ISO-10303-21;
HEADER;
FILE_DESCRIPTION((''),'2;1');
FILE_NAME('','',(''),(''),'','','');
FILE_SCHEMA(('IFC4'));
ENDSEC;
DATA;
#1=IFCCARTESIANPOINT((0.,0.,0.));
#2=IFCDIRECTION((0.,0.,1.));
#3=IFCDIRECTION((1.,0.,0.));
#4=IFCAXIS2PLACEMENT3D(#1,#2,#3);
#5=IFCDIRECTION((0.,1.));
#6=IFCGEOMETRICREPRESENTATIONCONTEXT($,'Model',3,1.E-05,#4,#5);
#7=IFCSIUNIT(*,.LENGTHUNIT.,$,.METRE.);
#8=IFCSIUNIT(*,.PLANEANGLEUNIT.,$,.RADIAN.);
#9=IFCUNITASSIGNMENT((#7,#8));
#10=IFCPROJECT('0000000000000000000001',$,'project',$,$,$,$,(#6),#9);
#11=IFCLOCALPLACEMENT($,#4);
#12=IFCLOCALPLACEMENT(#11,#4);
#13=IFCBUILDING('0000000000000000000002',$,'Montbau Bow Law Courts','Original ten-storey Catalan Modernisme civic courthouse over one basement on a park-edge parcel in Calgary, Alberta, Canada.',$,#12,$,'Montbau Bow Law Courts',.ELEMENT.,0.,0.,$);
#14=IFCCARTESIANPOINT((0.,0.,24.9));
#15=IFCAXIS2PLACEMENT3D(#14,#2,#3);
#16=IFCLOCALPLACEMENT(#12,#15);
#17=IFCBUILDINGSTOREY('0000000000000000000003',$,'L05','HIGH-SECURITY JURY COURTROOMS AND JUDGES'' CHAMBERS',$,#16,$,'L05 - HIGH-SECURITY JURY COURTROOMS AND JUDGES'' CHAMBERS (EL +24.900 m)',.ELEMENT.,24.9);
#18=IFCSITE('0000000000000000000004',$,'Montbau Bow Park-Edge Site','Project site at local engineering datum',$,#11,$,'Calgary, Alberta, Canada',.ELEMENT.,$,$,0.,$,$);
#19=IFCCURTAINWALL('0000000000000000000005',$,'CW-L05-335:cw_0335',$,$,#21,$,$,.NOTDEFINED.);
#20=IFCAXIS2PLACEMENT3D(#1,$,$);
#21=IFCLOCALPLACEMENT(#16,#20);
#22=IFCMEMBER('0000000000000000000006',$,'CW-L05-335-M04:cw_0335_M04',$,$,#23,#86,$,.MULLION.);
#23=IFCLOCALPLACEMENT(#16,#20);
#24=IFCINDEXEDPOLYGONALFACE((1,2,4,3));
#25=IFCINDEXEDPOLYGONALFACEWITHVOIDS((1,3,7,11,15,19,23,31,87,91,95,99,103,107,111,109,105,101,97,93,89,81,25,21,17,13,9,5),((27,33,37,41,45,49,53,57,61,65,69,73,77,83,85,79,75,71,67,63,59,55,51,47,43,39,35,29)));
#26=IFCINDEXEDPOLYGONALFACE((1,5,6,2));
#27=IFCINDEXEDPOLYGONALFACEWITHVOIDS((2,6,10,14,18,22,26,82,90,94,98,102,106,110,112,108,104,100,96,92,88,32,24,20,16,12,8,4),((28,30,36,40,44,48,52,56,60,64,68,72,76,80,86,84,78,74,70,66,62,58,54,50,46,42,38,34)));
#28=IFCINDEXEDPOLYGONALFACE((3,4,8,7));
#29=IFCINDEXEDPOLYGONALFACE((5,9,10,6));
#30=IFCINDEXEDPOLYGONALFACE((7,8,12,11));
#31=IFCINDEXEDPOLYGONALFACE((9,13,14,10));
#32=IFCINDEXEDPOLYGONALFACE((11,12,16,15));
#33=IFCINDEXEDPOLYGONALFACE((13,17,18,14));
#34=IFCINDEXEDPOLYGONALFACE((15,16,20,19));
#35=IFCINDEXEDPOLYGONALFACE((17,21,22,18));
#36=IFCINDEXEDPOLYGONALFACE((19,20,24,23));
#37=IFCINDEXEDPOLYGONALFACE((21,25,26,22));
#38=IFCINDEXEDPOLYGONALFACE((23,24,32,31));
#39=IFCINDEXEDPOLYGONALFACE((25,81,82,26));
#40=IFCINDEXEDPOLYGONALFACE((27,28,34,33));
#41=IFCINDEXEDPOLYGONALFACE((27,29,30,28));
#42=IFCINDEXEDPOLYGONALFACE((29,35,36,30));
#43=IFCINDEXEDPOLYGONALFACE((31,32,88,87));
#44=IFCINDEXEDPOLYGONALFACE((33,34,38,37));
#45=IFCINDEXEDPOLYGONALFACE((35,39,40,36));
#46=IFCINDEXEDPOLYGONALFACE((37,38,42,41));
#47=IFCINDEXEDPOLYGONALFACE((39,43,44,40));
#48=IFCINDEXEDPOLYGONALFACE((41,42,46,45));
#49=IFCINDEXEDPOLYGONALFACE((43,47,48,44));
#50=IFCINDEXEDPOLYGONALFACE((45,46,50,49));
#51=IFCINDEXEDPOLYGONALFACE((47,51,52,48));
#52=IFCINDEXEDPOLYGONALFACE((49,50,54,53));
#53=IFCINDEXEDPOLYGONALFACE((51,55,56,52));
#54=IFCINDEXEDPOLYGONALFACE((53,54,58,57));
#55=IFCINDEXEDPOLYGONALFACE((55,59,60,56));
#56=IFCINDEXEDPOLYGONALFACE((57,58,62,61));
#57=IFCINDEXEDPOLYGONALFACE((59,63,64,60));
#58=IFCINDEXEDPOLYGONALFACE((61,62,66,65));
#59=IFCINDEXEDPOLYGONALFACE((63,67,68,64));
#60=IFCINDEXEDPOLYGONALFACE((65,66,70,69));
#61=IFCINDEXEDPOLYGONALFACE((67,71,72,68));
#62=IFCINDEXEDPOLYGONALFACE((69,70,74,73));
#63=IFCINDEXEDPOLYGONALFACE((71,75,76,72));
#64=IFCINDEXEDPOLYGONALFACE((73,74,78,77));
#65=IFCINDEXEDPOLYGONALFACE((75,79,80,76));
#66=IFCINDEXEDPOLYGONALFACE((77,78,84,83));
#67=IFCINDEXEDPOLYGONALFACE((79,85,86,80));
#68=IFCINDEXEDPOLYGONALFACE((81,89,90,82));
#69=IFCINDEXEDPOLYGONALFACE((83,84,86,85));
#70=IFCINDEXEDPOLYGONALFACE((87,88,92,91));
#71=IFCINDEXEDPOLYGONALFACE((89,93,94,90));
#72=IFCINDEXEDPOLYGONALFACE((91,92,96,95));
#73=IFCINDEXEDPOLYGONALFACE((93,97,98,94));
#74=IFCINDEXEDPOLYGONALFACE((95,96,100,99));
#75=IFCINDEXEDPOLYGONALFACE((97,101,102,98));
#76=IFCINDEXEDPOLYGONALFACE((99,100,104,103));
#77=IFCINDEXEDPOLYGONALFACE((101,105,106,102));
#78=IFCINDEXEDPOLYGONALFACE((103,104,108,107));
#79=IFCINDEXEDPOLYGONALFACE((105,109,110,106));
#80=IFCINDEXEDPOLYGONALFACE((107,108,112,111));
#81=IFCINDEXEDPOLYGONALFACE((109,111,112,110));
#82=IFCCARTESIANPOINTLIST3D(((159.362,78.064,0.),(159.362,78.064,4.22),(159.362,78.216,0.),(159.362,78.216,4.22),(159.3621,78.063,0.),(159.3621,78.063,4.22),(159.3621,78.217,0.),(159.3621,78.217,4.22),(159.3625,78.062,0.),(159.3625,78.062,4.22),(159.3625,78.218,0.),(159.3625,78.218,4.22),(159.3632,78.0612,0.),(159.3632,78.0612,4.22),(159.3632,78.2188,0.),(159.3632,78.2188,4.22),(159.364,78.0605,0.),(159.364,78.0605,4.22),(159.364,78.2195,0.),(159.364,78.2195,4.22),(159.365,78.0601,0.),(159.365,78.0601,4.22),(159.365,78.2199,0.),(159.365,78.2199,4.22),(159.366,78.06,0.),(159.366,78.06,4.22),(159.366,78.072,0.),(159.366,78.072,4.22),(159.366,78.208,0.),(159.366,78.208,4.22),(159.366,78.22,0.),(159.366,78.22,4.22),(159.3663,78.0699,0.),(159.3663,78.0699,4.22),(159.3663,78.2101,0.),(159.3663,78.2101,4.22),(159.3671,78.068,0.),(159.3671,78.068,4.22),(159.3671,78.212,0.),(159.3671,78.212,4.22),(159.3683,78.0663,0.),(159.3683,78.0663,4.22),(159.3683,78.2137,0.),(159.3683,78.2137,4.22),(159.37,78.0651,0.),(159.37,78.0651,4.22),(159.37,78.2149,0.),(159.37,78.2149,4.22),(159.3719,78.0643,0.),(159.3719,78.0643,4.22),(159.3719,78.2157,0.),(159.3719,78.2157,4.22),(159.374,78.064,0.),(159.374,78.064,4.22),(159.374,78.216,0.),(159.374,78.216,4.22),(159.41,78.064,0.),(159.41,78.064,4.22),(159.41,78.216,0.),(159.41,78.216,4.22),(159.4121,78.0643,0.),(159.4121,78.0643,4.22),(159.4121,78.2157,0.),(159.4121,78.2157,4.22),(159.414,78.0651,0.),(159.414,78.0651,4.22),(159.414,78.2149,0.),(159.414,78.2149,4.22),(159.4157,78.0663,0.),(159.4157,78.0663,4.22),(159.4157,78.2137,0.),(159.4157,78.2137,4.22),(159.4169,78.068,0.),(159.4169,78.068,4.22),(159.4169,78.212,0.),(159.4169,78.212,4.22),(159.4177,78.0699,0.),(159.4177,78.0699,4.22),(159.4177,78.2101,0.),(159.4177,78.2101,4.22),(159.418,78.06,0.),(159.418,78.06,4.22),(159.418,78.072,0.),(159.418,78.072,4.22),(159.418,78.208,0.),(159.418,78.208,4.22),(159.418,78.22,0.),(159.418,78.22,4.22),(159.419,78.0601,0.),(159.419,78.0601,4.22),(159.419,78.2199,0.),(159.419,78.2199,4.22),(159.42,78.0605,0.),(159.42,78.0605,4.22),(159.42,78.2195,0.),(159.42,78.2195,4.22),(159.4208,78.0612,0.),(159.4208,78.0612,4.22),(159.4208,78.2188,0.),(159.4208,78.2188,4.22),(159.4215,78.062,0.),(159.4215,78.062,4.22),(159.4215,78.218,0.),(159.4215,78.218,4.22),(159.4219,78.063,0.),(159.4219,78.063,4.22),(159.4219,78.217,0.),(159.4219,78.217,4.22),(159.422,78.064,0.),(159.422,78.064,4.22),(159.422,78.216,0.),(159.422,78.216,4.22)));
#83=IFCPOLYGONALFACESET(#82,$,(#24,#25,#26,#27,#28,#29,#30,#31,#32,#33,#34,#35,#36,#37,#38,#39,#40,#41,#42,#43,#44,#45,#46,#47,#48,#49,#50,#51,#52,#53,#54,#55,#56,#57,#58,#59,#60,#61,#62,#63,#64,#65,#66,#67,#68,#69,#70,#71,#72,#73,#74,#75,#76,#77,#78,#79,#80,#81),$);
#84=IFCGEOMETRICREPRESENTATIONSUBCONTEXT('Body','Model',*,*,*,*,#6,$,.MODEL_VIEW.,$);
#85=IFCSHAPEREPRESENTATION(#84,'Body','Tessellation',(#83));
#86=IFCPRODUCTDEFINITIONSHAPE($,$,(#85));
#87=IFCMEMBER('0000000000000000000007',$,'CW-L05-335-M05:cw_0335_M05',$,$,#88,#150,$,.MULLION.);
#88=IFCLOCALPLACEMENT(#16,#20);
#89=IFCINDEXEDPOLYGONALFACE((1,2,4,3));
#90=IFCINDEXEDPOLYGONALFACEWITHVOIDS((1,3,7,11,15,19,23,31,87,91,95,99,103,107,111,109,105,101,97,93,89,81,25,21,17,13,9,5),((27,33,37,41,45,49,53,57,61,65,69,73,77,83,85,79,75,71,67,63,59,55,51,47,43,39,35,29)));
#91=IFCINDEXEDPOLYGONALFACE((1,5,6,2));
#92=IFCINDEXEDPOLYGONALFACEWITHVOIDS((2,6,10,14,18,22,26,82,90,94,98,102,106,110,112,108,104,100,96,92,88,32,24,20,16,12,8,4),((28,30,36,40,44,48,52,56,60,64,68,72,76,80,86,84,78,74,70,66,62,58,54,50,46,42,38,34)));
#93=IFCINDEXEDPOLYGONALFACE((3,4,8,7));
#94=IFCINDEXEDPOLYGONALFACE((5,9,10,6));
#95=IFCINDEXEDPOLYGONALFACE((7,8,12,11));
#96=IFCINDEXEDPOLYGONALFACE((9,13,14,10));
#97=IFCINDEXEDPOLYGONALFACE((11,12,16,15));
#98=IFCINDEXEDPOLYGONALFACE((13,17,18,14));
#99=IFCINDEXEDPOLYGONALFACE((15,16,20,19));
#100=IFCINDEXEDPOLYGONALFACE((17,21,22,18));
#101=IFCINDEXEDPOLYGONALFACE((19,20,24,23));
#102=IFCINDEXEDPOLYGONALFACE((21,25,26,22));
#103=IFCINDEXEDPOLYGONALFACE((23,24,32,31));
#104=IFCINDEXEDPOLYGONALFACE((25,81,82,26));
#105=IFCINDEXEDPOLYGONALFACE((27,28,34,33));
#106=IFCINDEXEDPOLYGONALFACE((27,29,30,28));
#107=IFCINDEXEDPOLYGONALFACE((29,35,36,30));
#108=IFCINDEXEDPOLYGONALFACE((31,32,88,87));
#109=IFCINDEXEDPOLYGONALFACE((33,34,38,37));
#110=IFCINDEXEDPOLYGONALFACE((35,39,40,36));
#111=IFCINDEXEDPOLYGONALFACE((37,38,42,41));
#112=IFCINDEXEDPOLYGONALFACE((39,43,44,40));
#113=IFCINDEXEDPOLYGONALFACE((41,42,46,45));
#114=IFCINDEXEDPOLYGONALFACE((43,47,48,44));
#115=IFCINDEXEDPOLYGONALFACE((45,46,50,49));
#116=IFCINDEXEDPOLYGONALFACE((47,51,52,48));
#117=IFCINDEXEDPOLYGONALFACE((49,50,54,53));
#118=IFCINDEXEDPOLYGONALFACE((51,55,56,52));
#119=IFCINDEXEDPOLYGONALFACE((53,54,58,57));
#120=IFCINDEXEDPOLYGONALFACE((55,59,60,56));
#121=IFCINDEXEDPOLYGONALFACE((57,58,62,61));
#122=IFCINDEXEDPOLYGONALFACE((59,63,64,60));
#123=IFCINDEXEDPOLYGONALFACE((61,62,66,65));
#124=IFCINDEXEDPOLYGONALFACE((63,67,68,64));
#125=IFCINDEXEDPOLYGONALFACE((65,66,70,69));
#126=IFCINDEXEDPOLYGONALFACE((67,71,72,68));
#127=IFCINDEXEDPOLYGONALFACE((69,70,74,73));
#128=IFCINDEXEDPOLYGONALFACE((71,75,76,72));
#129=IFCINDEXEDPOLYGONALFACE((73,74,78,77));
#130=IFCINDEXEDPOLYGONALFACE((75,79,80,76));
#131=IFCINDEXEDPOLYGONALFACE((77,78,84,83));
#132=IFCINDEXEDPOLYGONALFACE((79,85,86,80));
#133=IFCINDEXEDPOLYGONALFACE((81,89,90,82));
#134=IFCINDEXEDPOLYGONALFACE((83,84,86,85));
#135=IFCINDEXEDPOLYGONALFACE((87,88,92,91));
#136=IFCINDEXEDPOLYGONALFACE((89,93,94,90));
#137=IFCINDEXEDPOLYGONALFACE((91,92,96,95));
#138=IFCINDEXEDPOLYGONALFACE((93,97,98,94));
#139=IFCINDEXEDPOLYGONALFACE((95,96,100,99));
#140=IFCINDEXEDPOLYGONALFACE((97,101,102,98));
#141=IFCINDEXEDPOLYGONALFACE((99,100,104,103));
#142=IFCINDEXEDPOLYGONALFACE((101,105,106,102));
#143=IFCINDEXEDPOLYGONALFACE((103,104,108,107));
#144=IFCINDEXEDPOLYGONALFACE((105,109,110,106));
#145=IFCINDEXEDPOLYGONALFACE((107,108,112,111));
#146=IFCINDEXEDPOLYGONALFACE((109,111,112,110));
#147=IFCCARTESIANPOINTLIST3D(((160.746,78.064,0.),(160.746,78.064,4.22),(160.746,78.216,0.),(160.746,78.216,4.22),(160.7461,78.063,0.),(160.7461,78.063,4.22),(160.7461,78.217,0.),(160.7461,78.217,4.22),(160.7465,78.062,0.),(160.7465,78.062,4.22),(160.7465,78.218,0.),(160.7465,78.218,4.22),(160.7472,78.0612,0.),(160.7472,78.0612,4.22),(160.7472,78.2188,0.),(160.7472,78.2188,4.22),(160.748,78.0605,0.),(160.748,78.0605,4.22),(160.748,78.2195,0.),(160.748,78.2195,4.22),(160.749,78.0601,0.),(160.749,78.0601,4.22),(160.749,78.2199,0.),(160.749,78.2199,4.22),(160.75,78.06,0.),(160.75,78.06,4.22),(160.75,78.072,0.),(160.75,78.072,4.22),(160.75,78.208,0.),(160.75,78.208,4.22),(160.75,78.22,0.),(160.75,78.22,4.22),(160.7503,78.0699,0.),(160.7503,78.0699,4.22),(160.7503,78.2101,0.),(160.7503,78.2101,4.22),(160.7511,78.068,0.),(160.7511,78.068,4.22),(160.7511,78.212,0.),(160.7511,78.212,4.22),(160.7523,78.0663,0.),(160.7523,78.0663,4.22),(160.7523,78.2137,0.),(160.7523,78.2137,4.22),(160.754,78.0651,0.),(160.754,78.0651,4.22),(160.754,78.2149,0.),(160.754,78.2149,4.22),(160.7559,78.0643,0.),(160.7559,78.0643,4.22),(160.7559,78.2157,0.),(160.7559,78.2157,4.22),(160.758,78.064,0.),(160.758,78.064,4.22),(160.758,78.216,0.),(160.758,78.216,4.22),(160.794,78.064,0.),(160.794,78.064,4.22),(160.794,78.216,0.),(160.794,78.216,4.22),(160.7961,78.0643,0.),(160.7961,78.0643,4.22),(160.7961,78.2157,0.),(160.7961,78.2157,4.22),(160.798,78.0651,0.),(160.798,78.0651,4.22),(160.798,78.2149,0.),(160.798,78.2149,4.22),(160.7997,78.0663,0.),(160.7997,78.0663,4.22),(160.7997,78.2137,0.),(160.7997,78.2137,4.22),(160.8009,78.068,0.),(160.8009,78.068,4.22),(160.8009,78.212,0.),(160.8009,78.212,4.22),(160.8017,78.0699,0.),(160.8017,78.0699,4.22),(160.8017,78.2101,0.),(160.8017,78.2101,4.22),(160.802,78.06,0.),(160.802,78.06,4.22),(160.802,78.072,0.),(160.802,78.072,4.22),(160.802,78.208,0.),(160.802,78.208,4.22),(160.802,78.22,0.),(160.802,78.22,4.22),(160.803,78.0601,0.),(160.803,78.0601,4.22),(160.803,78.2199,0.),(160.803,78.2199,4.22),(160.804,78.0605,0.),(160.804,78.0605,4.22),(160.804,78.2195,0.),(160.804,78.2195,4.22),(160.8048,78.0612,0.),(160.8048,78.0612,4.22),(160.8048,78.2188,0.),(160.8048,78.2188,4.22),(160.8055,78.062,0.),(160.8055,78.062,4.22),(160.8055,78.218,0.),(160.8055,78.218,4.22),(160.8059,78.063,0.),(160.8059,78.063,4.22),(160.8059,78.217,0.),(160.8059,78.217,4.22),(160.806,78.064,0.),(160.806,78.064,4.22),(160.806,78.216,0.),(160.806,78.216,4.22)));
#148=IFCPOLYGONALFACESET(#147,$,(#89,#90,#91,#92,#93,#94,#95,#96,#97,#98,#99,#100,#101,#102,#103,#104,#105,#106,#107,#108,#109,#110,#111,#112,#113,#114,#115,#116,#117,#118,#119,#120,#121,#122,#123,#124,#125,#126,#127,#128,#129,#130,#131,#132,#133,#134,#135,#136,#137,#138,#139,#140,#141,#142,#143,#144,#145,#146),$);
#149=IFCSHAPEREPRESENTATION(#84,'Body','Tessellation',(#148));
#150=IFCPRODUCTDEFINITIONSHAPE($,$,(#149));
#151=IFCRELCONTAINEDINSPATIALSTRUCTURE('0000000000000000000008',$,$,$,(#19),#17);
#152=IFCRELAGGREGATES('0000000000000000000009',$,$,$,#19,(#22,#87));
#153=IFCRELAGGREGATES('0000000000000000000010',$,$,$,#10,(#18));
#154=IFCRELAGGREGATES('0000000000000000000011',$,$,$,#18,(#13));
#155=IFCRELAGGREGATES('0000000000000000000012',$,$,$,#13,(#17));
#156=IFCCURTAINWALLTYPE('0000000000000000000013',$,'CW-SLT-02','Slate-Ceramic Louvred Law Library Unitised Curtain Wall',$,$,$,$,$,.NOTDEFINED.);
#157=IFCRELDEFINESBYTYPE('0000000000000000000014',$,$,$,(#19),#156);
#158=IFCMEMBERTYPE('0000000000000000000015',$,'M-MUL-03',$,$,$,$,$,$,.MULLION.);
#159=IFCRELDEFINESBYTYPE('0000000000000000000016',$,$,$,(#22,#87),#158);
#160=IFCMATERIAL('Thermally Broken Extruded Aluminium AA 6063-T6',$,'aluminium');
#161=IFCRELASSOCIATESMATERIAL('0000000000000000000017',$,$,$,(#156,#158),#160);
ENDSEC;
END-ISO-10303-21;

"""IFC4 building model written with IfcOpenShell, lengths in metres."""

from ifc_helpers import new_model, si_unit, direction, frame, origin_with_axes, origin_2d_with_axis, place, context, subcontext, project, spatial, hollow_rectangle, extrude, material, material_profile, profile_set, type_object, element, aggregate, save


model = new_model("IFC4")

# Units and contexts
model_context = context("Model", 3, precision=1e-05, world=origin_with_axes(), true_north=direction((0.0, 1.0)))
body_context = subcontext(model_context, "Body", "Model", "MODEL_VIEW")
ifc_project = project(units=[si_unit("LENGTHUNIT", "METRE"), si_unit("PLANEANGLEUNIT", "RADIAN")], contexts=[model_context])

# Site, building, storey
site_placement = place(None, origin_with_axes())
site = spatial("IfcSite", under=ifc_project, at=site_placement, Name="Montbau Bow Park-Edge Site", Description="Project site at local engineering datum", LongName="Calgary, Alberta, Canada", CompositionType="ELEMENT", RefElevation=0.0)
building_placement = place(site_placement, origin_with_axes())
building = spatial("IfcBuilding", under=site, at=building_placement, Name="Montbau Bow Law Courts", Description="Original ten-storey Catalan Modernisme civic courthouse over one basement on a park-edge parcel in Calgary, Alberta, Canada.", LongName="Montbau Bow Law Courts", CompositionType="ELEMENT", ElevationOfRefHeight=0.0, ElevationOfTerrain=0.0)
storey_placement = place(building_placement, frame((0.0, 0.0, 24.9), z_axis=(0.0, 0.0, 1.0), x_axis=(1.0, 0.0, 0.0)))
storey = spatial("IfcBuildingStorey", under=building, at=storey_placement, Name="L05", Description="HIGH-SECURITY JURY COURTROOMS AND JUDGES' CHAMBERS", LongName="L05 - HIGH-SECURITY JURY COURTROOMS AND JUDGES' CHAMBERS (EL +24.900 m)", CompositionType="ELEMENT", Elevation=24.9)

# Shared definitions
ifc_material_1 = material(Name="Thermally Broken Extruded Aluminium AA 6063-T6", Category="aluminium")
curtain_wall_type = type_object("IfcCurtainWallType", Name="CW-SLT-02", Description="Slate-Ceramic Louvred Law Library Unitised Curtain Wall", PredefinedType="NOTDEFINED", material=ifc_material_1)

# Curtain wall, members
curtain_wall_1_placement = place(None, frame((155.24, 78.14, 24.9), z_axis=(0.0, 0.0, 1.0), x_axis=(1.0, 0.0, 0.0)))
curtain_wall_1 = element("IfcCurtainWall", 1, at=curtain_wall_1_placement, inside=storey, type_object=curtain_wall_type, Name="CW-L05-335:cw_0335", PredefinedType="NOTDEFINED")
ifc_material_profile_1 = material_profile(ifc_material_1, hollow_rectangle(XDim=0.06, YDim=0.16, WallThickness=0.004, InnerFilletRadius=0.008, OuterFilletRadius=0.004, at=origin_2d_with_axis()), Name="CWM-160X60", Category="Main", Priority=0)
ifc_profile_set_1 = profile_set([ifc_material_profile_1], Name="Thermally Broken Extruded Aluminium AA 6063-T6")
member_type_1 = type_object("IfcMemberType", Name="M-MUL-03", PredefinedType="MULLION", material=ifc_profile_set_1)
member_1_placement = place(None, frame((159.392, 78.14, 24.9), z_axis=(0.0, 0.0, 1.0), x_axis=(1.0, 0.0, 0.0)))
member_1 = element("IfcMember", 2, at=member_1_placement, type_object=member_type_1, Name="CW-L05-335-M04:cw_0335_M04", PredefinedType="MULLION", context=body_context, shape_type="SweptSolid", body=[
    extrude(hollow_rectangle(XDim=0.06, YDim=0.16, WallThickness=0.004, InnerFilletRadius=0.008, OuterFilletRadius=0.004, at=origin_2d_with_axis()), origin_with_axes(), (0.0, 0.0, 1.0), 4.22),
])
member_2_placement = place(None, frame((160.776, 78.14, 24.9), z_axis=(0.0, 0.0, 1.0), x_axis=(1.0, 0.0, 0.0)))
member_2 = element("IfcMember", 3, at=member_2_placement, type_object=member_type_1, Name="CW-L05-335-M05:cw_0335_M05", PredefinedType="MULLION", context=body_context, shape_type="SweptSolid", body=[
    extrude(hollow_rectangle(XDim=0.06, YDim=0.16, WallThickness=0.004, InnerFilletRadius=0.008, OuterFilletRadius=0.004, at=origin_2d_with_axis()), origin_with_axes(), (0.0, 0.0, 1.0), 4.22),
])
aggregate(curtain_wall_1, [member_1, member_2])

save(model, "model.ifc")
